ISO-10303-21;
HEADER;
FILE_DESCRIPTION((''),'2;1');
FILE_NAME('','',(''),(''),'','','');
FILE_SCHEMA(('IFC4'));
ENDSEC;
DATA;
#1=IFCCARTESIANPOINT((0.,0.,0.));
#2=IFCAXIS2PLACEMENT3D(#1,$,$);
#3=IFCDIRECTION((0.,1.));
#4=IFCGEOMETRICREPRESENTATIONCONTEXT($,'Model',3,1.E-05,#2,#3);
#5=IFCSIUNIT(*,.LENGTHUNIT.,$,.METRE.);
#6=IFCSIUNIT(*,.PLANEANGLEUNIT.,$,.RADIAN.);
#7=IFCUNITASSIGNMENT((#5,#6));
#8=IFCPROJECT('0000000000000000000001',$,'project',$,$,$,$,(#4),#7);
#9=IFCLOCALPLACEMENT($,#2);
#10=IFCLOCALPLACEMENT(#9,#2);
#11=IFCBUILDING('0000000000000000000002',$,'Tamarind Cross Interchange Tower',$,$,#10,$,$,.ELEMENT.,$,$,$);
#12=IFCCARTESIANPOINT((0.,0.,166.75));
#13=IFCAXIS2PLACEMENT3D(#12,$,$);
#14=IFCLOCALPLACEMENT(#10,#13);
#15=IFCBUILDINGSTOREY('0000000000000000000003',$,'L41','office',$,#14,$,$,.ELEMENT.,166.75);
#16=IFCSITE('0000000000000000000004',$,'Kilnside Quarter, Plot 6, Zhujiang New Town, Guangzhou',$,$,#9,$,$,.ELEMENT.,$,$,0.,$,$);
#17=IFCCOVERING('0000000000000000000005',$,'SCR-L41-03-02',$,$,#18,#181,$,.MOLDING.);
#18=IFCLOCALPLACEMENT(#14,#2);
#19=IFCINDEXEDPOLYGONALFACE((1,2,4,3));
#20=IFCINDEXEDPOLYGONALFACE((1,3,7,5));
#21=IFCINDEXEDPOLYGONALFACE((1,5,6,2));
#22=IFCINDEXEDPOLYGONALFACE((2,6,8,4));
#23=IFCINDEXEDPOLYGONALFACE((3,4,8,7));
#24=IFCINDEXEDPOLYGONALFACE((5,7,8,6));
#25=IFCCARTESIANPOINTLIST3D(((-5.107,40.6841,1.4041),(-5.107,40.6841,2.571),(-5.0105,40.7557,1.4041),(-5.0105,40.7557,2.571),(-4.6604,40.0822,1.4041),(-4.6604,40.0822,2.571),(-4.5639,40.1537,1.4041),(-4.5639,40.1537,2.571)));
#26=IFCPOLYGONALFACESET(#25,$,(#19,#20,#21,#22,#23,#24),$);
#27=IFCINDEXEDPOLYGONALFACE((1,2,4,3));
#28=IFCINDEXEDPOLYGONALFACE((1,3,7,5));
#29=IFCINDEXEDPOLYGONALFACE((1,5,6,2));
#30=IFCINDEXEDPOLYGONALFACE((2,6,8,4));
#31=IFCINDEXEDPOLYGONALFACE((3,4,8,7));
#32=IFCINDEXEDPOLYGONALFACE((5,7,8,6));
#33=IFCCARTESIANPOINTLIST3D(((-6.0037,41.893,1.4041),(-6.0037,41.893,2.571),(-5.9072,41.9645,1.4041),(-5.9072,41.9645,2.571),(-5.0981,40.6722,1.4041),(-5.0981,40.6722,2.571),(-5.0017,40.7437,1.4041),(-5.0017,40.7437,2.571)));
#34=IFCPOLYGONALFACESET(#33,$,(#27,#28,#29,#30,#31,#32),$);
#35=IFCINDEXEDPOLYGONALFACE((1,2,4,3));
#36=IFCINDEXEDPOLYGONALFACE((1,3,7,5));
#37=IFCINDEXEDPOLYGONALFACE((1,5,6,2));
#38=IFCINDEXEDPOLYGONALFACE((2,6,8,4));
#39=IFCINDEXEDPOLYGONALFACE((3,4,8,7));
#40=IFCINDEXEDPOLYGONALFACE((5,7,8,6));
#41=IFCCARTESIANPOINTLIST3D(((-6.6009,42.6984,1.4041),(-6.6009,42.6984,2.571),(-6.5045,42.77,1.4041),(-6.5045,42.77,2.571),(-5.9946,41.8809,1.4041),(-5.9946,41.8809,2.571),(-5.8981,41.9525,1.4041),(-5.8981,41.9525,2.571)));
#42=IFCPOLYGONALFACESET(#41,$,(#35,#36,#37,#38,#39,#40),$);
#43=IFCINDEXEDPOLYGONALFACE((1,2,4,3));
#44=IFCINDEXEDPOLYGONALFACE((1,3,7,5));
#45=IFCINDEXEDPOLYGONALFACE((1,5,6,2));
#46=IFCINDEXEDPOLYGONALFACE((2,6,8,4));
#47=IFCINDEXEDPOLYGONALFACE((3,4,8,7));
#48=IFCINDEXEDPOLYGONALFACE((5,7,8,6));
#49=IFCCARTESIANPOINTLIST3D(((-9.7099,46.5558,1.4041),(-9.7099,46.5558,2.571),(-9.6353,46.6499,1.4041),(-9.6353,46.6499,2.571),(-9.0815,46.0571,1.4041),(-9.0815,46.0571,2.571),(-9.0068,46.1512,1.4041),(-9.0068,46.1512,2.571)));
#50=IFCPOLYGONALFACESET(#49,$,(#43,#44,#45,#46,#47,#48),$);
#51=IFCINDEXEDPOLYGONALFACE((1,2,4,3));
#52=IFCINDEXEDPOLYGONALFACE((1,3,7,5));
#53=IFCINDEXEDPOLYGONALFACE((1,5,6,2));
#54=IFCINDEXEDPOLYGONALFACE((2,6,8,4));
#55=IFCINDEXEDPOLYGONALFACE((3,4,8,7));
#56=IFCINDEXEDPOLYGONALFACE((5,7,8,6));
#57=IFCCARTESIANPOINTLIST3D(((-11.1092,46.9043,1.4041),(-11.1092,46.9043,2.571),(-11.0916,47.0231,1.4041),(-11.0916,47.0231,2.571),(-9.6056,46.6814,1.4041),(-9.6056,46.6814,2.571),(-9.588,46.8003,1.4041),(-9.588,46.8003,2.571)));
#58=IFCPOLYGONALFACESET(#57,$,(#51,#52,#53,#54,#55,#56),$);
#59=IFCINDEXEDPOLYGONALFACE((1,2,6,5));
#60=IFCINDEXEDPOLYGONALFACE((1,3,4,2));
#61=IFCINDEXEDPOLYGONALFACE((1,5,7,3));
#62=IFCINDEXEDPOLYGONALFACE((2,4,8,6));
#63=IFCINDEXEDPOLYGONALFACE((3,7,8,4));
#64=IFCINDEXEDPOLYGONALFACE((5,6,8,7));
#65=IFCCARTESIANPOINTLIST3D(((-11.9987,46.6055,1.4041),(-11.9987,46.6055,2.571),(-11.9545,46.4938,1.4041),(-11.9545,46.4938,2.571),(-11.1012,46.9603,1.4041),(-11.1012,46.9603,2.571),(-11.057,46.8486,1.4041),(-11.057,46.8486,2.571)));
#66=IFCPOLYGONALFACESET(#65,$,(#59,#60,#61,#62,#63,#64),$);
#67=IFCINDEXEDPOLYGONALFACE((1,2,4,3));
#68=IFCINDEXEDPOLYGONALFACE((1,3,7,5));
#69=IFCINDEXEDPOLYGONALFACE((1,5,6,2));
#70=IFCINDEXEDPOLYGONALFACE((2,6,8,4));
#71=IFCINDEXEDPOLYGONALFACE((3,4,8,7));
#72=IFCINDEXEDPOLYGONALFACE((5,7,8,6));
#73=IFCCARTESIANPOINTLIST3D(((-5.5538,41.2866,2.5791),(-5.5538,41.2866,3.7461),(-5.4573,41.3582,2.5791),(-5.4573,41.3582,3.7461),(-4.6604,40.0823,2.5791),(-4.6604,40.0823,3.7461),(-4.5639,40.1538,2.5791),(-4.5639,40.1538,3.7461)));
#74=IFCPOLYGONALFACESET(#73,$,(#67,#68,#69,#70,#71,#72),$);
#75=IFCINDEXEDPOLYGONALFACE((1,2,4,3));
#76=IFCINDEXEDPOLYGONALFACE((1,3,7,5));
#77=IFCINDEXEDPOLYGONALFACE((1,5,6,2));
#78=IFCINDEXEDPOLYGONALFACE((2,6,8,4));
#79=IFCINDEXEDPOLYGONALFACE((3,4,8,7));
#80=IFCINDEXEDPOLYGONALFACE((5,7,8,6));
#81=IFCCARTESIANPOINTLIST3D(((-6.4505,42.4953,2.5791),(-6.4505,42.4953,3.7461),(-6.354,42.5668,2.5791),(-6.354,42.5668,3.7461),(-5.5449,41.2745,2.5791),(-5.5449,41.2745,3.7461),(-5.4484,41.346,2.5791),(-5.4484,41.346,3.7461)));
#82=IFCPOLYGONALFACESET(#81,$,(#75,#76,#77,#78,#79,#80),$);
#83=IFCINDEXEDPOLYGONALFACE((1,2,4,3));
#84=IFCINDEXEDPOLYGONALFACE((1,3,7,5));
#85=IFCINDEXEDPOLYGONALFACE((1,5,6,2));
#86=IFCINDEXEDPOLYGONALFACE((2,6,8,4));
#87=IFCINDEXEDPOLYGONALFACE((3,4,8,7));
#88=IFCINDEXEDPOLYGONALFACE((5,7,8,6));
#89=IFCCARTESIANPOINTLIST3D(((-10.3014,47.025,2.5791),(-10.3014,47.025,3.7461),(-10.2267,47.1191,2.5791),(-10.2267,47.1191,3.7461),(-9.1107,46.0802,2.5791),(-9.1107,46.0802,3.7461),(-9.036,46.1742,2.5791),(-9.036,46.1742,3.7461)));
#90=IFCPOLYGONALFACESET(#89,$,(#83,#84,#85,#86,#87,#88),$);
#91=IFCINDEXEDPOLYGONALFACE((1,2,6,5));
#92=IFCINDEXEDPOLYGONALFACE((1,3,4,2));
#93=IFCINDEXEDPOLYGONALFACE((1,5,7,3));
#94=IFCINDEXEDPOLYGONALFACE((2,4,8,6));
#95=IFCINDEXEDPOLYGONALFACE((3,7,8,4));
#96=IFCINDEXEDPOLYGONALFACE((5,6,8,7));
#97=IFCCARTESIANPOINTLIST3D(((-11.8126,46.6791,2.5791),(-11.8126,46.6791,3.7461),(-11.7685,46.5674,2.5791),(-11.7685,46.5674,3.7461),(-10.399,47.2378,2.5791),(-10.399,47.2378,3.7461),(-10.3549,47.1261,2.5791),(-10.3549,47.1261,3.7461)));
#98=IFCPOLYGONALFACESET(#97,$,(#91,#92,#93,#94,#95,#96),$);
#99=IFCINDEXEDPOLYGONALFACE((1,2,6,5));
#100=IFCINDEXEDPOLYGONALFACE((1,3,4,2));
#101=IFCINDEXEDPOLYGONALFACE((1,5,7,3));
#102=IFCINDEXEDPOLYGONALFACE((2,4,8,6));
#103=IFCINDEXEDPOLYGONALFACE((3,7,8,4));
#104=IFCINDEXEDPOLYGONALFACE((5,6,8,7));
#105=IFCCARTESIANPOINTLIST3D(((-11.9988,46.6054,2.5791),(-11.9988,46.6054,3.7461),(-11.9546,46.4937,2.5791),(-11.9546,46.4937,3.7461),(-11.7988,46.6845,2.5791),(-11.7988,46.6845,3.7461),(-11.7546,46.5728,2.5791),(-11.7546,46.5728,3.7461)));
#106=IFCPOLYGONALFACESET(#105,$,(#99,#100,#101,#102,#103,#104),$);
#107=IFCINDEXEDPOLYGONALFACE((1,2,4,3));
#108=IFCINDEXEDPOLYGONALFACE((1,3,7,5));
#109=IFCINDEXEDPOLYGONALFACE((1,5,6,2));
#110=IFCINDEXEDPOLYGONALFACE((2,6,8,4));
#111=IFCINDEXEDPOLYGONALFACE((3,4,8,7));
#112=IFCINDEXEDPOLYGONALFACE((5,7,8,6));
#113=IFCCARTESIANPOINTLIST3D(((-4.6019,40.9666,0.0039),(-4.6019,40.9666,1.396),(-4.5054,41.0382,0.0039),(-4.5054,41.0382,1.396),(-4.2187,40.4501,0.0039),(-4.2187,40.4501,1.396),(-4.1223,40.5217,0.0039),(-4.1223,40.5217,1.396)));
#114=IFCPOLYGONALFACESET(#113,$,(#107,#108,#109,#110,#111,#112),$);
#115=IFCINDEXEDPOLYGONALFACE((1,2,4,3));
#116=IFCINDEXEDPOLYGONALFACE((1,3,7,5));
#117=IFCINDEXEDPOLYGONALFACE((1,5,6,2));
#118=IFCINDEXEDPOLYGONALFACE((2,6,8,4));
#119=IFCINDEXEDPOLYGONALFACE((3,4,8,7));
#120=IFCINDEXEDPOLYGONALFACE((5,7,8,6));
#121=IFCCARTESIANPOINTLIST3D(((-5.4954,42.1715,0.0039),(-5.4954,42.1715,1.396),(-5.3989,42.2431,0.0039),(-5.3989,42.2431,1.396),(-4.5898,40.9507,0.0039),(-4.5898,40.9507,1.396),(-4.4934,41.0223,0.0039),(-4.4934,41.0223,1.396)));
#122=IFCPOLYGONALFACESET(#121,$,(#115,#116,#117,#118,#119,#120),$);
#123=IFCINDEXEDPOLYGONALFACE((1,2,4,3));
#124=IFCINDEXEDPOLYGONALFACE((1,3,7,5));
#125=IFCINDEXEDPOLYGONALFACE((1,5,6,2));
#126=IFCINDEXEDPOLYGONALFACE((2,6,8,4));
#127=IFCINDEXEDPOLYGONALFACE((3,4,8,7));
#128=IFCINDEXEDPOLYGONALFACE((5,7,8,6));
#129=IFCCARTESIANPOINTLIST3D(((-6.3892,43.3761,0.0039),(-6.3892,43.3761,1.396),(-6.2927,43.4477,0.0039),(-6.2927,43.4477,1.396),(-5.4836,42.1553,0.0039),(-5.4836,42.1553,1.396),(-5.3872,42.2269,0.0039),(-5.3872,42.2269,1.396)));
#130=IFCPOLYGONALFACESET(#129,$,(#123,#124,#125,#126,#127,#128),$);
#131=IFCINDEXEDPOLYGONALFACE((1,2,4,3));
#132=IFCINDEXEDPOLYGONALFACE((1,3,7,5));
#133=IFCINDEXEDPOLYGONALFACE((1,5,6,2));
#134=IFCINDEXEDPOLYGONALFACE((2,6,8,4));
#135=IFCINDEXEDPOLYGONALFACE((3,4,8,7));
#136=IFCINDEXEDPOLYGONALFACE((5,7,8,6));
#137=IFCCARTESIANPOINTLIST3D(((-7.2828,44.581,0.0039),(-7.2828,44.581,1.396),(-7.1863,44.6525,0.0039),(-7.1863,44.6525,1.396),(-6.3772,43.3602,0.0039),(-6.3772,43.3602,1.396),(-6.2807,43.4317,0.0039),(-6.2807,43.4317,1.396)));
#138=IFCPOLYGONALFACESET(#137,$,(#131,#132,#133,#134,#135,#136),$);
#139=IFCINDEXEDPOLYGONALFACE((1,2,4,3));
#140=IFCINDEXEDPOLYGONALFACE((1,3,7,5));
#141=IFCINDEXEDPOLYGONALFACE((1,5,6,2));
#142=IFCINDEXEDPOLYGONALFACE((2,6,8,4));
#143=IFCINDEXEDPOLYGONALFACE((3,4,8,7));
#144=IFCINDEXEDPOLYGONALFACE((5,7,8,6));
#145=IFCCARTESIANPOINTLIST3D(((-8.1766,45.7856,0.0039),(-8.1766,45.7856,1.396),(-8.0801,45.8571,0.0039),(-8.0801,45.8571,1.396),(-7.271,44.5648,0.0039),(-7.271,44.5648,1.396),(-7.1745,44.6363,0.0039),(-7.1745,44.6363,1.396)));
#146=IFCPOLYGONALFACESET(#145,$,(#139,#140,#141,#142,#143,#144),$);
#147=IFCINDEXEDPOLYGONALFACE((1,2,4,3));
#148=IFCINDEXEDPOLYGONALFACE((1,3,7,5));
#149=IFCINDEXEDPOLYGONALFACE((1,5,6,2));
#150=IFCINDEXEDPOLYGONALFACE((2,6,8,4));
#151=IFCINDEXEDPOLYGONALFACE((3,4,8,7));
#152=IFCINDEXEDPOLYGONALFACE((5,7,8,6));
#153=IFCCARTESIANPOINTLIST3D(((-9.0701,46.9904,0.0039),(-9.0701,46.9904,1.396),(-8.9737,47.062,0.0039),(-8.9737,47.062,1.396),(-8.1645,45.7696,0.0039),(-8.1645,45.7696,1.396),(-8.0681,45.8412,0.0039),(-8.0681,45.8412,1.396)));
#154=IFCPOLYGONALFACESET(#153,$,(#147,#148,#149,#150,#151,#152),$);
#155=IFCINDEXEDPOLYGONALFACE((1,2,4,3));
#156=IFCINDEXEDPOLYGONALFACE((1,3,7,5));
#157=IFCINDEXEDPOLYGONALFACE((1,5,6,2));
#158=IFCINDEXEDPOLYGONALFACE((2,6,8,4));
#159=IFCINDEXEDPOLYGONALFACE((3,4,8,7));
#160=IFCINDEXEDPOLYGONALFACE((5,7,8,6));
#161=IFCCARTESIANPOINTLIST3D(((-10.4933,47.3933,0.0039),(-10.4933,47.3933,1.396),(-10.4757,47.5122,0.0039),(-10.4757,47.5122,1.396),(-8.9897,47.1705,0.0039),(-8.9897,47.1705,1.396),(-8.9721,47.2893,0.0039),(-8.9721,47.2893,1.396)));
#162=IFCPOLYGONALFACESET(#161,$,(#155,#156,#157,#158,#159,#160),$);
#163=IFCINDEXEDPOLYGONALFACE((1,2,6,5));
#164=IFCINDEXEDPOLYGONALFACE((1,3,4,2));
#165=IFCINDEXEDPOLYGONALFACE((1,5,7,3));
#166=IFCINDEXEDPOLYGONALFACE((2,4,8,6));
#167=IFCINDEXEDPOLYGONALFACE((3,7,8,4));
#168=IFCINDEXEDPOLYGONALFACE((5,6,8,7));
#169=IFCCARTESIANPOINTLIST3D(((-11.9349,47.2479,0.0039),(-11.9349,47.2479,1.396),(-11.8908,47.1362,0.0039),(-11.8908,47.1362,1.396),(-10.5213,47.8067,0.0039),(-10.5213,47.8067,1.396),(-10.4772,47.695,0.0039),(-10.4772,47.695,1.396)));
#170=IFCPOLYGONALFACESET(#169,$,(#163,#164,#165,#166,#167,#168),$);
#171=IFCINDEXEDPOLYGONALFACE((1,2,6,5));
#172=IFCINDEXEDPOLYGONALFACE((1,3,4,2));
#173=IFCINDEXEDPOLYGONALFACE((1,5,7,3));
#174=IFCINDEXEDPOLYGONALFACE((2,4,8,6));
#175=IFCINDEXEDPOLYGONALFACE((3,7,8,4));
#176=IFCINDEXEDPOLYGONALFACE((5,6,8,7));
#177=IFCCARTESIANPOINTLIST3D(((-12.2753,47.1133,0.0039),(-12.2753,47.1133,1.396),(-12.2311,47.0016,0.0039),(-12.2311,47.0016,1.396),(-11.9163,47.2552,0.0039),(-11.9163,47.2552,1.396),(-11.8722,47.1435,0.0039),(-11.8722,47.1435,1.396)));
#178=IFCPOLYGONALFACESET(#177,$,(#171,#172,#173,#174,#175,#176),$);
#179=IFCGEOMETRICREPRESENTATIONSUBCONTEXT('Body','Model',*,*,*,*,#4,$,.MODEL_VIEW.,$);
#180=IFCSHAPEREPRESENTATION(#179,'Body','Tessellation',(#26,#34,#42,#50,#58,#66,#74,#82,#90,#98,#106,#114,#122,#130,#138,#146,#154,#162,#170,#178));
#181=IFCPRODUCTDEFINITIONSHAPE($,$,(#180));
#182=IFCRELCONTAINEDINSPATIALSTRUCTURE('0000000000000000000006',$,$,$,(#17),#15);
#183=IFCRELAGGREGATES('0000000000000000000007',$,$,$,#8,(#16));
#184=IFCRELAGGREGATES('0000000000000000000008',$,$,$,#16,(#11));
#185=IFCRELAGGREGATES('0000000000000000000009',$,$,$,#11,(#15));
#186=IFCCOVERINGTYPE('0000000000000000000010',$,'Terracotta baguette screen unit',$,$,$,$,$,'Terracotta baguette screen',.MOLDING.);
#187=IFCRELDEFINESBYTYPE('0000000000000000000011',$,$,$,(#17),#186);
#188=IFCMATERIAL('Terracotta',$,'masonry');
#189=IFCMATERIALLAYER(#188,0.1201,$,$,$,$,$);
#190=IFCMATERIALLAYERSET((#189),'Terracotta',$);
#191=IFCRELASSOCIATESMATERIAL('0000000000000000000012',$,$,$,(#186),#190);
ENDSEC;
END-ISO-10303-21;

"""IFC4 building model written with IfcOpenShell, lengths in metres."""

from ifc_helpers import new_model, si_unit, direction, frame, origin, origin_2d, place, context, subcontext, project, spatial, rectangle, extrude, material, layer, layer_set, type_object, element, save


model = new_model("IFC4")

# Units and contexts
model_context = context("Model", 3, precision=1e-05, world=origin(), true_north=direction((0.0, 1.0)))
body_context = subcontext(model_context, "Body", "Model", "MODEL_VIEW")
ifc_project = project(units=[si_unit("LENGTHUNIT", "METRE"), si_unit("PLANEANGLEUNIT", "RADIAN")], contexts=[model_context])

# Site, building, storey
site_placement = place(None, origin())
site = spatial("IfcSite", under=ifc_project, at=site_placement, Name="Kilnside Quarter, Plot 6, Zhujiang New Town, Guangzhou", CompositionType="ELEMENT", RefElevation=0.0)
building_placement = place(site_placement, origin())
building = spatial("IfcBuilding", under=site, at=building_placement, Name="Tamarind Cross Interchange Tower", CompositionType="ELEMENT")
storey_placement = place(building_placement, frame((0.0, 0.0, 166.75)))
storey = spatial("IfcBuildingStorey", under=building, at=storey_placement, Name="L41", Description="office", CompositionType="ELEMENT", Elevation=166.75)

# Covering
ifc_material_1 = material(Name="Terracotta", Category="masonry")
ifc_layer_1 = layer(ifc_material_1, 0.1201)
ifc_layer_set_1 = layer_set([ifc_layer_1], Name="Terracotta")
covering_type = type_object("IfcCoveringType", Name="Terracotta baguette screen unit", ElementType="Terracotta baguette screen", PredefinedType="MOLDING", material=ifc_layer_set_1)
covering_1_placement = place(storey_placement, origin())
element("IfcCovering", 1, at=covering_1_placement, inside=storey, type_object=covering_type, Name="SCR-L41-03-02", PredefinedType="MOLDING", context=body_context, shape_type="SweptSolid", body=[
    extrude(rectangle(XDim=0.7495, YDim=0.1201, at=origin_2d()), frame((-4.8354, 40.4189, 1.4041), z_axis=(0.0, 0.0, 1.0), x_axis=(-0.595776, 0.80315, 0.0)), (0.0, 0.0, 1.0), 1.167),
    extrude(rectangle(XDim=1.52, YDim=0.1201, at=origin_2d()), frame((-5.5027, 41.3184, 1.4041), z_axis=(0.0, 0.0, 1.0), x_axis=(-0.595776, 0.80315, 0.0)), (0.0, 0.0, 1.0), 1.167),
    extrude(rectangle(XDim=1.0178, YDim=0.1201, at=origin_2d()), frame((-6.2495, 42.3254, 1.4041), z_axis=(0.0, 0.0, 1.0), x_axis=(-0.595776, 0.80315, 0.0)), (0.0, 0.0, 1.0), 1.167),
    extrude(rectangle(XDim=0.8022, YDim=0.1201, at=origin_2d()), frame((-9.3584, 46.3535, 1.4041), z_axis=(0.0, 0.0, 1.0), x_axis=(-0.783346, 0.621585, 0.0)), (0.0, 0.0, 1.0), 1.167),
    extrude(rectangle(XDim=1.52, YDim=0.1201, at=origin_2d()), frame((-10.3486, 46.8523, 1.4041), z_axis=(0.0, 0.0, 1.0), x_axis=(-0.989191, 0.146636, 0.0)), (0.0, 0.0, 1.0), 1.167),
    extrude(rectangle(XDim=0.9651, YDim=0.1201, at=origin_2d()), frame((-11.5278, 46.7271, 1.4041), z_axis=(0.0, 0.0, 1.0), x_axis=(-0.929982, -0.367605, 0.0)), (0.0, 0.0, 1.0), 1.167),
    extrude(rectangle(XDim=1.4995, YDim=0.1201, at=origin_2d()), frame((-5.0588, 40.7202, 2.5791), z_axis=(0.0, 0.0, 1.0), x_axis=(-0.595776, 0.80315, 0.0)), (0.0, 0.0, 1.0), 1.167),
    extrude(rectangle(XDim=1.52, YDim=0.1201, at=origin_2d()), frame((-5.9495, 41.9207, 2.5791), z_axis=(0.0, 0.0, 1.0), x_axis=(-0.595776, 0.80315, 0.0)), (0.0, 0.0, 1.0), 1.167),
    extrude(rectangle(XDim=1.52, YDim=0.1201, at=origin_2d()), frame((-9.6687, 46.5996, 2.5791), z_axis=(0.0, 0.0, 1.0), x_axis=(-0.783346, 0.621585, 0.0)), (0.0, 0.0, 1.0), 1.167),
    extrude(rectangle(XDim=1.52, YDim=0.1201, at=origin_2d()), frame((-11.0837, 46.9026, 2.5791), z_axis=(0.0, 0.0, 1.0), x_axis=(-0.929982, -0.367605, 0.0)), (0.0, 0.0, 1.0), 1.167),
    extrude(rectangle(XDim=0.2151, YDim=0.1201, at=origin_2d()), frame((-11.8767, 46.5891, 2.5791), z_axis=(0.0, 0.0, 1.0), x_axis=(-0.929982, -0.367605, 0.0)), (0.0, 0.0, 1.0), 1.167),
    extrude(rectangle(XDim=0.6431, YDim=0.1201, at=origin_2d()), frame((-4.3621, 40.7441, 0.0039), z_axis=(0.0, 0.0, 1.0), x_axis=(-0.595776, 0.80315, 0.0)), (0.0, 0.0, 1.0), 1.3921),
    extrude(rectangle(XDim=1.52, YDim=0.1201, at=origin_2d()), frame((-4.9944, 41.5969, 0.0039), z_axis=(0.0, 0.0, 1.0), x_axis=(-0.595776, 0.80315, 0.0)), (0.0, 0.0, 1.0), 1.3921),
    extrude(rectangle(XDim=1.52, YDim=0.1201, at=origin_2d()), frame((-5.8882, 42.8015, 0.0039), z_axis=(0.0, 0.0, 1.0), x_axis=(-0.595776, 0.80315, 0.0)), (0.0, 0.0, 1.0), 1.3921),
    extrude(rectangle(XDim=1.52, YDim=0.1201, at=origin_2d()), frame((-6.7817, 44.0063, 0.0039), z_axis=(0.0, 0.0, 1.0), x_axis=(-0.595776, 0.80315, 0.0)), (0.0, 0.0, 1.0), 1.3921),
    extrude(rectangle(XDim=1.52, YDim=0.1201, at=origin_2d()), frame((-7.6755, 45.2109, 0.0039), z_axis=(0.0, 0.0, 1.0), x_axis=(-0.595776, 0.80315, 0.0)), (0.0, 0.0, 1.0), 1.3921),
    extrude(rectangle(XDim=1.52, YDim=0.1201, at=origin_2d()), frame((-8.5691, 46.4158, 0.0039), z_axis=(0.0, 0.0, 1.0), x_axis=(-0.595776, 0.80315, 0.0)), (0.0, 0.0, 1.0), 1.3921),
    extrude(rectangle(XDim=1.52, YDim=0.1201, at=origin_2d()), frame((-9.7327, 47.3413, 0.0039), z_axis=(0.0, 0.0, 1.0), x_axis=(-0.989191, 0.146636, 0.0)), (0.0, 0.0, 1.0), 1.3921),
    extrude(rectangle(XDim=1.52, YDim=0.1201, at=origin_2d()), frame((-11.2061, 47.4714, 0.0039), z_axis=(0.0, 0.0, 1.0), x_axis=(-0.929982, -0.367605, 0.0)), (0.0, 0.0, 1.0), 1.3921),
    extrude(rectangle(XDim=0.386, YDim=0.1201, at=origin_2d()), frame((-12.0737, 47.1284, 0.0039), z_axis=(0.0, 0.0, 1.0), x_axis=(-0.929982, -0.367605, 0.0)), (0.0, 0.0, 1.0), 1.3921),
])

save(model, "model.ifc")
